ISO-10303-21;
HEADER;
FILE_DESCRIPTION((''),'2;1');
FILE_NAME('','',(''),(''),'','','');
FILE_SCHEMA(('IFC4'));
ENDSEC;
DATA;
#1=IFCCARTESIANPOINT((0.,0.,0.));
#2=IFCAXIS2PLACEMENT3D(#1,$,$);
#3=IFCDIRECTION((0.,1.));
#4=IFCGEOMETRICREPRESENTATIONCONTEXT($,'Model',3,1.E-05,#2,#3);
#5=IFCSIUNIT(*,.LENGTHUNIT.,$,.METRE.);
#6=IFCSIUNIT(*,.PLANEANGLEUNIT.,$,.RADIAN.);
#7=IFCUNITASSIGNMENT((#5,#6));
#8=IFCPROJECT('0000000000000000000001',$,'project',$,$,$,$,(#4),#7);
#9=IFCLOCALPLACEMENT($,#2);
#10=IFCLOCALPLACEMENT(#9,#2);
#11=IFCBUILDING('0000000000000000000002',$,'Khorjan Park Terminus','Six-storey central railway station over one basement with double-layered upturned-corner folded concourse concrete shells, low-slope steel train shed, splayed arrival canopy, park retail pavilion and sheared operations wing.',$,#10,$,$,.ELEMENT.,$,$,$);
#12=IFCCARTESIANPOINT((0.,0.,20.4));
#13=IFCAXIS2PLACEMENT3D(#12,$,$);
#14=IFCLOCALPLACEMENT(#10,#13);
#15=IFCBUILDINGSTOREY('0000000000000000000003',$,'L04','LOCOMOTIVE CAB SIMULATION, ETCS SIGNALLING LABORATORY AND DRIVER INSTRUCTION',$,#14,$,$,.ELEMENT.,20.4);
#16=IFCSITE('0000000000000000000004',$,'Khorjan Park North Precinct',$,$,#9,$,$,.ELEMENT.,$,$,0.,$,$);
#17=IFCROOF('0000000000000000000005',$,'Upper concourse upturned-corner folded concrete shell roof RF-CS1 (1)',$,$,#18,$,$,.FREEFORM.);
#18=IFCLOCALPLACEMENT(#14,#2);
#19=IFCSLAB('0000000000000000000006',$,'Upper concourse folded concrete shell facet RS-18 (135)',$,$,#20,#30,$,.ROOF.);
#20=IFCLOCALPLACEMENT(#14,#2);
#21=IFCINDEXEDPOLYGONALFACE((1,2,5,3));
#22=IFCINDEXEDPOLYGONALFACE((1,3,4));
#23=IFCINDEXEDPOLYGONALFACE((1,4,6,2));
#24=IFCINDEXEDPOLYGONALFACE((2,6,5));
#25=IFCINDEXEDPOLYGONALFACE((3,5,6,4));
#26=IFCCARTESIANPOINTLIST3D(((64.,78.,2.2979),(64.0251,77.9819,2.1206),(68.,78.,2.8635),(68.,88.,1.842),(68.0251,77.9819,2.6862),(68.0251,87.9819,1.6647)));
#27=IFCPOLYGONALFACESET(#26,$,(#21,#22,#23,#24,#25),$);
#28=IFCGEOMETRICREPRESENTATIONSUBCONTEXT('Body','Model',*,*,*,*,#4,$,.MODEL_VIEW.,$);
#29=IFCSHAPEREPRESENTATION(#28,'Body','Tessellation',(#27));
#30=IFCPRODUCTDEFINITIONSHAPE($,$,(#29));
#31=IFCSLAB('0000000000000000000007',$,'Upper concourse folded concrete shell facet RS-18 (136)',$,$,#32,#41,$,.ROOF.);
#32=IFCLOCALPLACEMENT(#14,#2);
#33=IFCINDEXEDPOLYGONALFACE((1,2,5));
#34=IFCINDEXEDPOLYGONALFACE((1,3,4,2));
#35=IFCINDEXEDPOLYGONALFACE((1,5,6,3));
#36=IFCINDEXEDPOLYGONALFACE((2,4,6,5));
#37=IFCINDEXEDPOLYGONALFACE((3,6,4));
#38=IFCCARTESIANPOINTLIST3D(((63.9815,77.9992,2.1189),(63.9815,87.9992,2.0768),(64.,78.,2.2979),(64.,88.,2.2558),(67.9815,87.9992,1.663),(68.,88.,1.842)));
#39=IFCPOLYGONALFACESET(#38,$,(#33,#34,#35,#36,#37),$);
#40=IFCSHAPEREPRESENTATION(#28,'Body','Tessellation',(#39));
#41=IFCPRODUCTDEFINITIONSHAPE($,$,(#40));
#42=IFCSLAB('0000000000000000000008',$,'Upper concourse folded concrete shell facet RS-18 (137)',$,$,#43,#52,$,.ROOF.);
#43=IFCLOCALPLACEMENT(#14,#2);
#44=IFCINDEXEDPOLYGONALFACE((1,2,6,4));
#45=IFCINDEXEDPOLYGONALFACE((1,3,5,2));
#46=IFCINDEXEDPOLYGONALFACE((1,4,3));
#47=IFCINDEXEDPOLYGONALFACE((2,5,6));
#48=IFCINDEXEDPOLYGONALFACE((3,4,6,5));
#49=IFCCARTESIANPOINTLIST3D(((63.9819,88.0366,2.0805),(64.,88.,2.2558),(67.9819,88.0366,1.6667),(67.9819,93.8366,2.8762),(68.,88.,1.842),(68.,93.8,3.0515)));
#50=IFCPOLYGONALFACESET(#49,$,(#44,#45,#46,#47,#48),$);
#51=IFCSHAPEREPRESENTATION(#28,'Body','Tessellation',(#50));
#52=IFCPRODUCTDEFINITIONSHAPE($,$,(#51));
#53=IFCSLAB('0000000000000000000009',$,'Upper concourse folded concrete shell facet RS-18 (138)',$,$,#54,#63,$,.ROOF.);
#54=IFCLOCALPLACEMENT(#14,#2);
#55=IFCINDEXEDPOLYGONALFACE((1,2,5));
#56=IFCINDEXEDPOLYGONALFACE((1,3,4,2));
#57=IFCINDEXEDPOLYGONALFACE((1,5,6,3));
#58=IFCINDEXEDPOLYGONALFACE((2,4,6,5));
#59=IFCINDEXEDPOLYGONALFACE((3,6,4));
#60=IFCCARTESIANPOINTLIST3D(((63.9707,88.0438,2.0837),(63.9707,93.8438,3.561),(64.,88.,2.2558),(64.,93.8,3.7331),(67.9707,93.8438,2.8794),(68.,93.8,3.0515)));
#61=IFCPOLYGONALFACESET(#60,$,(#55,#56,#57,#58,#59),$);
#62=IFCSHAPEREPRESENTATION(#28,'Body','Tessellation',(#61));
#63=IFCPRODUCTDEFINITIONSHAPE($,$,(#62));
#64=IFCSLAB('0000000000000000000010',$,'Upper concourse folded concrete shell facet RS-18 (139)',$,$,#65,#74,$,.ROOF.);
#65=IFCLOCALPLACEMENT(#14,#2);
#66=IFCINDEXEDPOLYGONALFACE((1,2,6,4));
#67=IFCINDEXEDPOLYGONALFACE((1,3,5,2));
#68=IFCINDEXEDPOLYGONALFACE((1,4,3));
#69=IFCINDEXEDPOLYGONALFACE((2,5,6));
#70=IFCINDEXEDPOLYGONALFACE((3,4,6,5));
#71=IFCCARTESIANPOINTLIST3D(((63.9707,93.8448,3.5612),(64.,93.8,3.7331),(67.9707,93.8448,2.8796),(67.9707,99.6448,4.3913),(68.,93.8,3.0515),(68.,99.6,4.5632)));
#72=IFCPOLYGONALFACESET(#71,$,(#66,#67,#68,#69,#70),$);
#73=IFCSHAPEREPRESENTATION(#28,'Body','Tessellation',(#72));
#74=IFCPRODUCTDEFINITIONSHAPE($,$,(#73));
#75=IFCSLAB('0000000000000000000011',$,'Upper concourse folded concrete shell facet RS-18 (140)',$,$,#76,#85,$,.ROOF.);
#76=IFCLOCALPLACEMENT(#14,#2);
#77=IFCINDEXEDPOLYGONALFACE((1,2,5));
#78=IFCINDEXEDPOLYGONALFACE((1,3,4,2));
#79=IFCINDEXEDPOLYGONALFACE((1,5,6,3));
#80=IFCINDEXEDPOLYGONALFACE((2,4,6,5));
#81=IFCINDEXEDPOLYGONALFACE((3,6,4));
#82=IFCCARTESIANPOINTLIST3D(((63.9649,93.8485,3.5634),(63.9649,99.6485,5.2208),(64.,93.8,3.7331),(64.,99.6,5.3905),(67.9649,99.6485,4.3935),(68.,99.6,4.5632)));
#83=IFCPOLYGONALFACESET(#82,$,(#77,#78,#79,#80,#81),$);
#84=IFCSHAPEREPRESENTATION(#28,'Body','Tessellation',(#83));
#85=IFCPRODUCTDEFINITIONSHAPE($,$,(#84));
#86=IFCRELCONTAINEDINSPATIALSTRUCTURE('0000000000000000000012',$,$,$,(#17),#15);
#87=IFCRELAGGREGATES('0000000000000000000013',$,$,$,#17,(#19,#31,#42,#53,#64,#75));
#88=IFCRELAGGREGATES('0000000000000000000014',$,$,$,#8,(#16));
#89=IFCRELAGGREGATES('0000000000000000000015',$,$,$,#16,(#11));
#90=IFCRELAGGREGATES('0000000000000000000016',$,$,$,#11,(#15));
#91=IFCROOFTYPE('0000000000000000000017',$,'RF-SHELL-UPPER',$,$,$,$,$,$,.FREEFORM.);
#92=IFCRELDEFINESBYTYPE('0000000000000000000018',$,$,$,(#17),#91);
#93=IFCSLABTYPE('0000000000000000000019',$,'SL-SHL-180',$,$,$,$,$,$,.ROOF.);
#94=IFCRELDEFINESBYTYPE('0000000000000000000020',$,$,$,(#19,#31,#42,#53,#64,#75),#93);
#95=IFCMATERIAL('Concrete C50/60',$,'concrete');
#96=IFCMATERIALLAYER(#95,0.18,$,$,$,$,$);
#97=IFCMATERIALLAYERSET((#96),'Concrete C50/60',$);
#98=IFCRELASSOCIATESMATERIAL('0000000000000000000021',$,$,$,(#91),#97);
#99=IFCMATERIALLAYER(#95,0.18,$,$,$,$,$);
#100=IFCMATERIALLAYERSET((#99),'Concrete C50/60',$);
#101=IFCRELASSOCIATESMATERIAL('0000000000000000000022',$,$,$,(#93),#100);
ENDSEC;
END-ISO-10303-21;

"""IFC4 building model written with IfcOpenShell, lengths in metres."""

from ifc_helpers import new_model, si_unit, direction, frame, origin, place, context, subcontext, project, spatial, polyline, outline, extrude, material, layer, layer_set, type_object, element, aggregate, save


model = new_model("IFC4")

# Units and contexts
model_context = context("Model", 3, precision=1e-05, world=origin(), true_north=direction((0.0, 1.0)))
body_context = subcontext(model_context, "Body", "Model", "MODEL_VIEW")
ifc_project = project(units=[si_unit("LENGTHUNIT", "METRE"), si_unit("PLANEANGLEUNIT", "RADIAN")], contexts=[model_context])

# Site, building, storey
site_placement = place(None, origin())
site = spatial("IfcSite", under=ifc_project, at=site_placement, Name="Khorjan Park North Precinct", CompositionType="ELEMENT", RefElevation=0.0)
building_placement = place(site_placement, origin())
building = spatial("IfcBuilding", under=site, at=building_placement, Name="Khorjan Park Terminus", Description="Six-storey central railway station over one basement with double-layered upturned-corner folded concourse concrete shells, low-slope steel train shed, splayed arrival canopy, park retail pavilion and sheared operations wing.", CompositionType="ELEMENT")
storey_placement = place(building_placement, frame((0.0, 0.0, 20.4)))
storey = spatial("IfcBuildingStorey", under=building, at=storey_placement, Name="L04", Description="LOCOMOTIVE CAB SIMULATION, ETCS SIGNALLING LABORATORY AND DRIVER INSTRUCTION", CompositionType="ELEMENT", Elevation=20.4)

# Roof, slabs
ifc_material = material(Name="Concrete C50/60", Category="concrete")
ifc_layer_1 = layer(ifc_material, 0.18)
ifc_layer_set_1 = layer_set([ifc_layer_1], Name="Concrete C50/60")
roof_type = type_object("IfcRoofType", Name="RF-SHELL-UPPER", PredefinedType="FREEFORM", material=ifc_layer_set_1)
roof_placement = place(storey_placement, origin())
roof = element("IfcRoof", 1, at=roof_placement, inside=storey, type_object=roof_type, Name="Upper concourse upturned-corner folded concrete shell roof RF-CS1 (1)", PredefinedType="FREEFORM")
ifc_layer_2 = layer(ifc_material, 0.18)
ifc_layer_set_2 = layer_set([ifc_layer_2], Name="Concrete C50/60")
slab_type = type_object("IfcSlabType", Name="SL-SHL-180", PredefinedType="ROOF", material=ifc_layer_set_2)
slab_1_placement = place(storey_placement, frame((64.0, 78.0, 2.2979), z_axis=(-0.139297, 0.10063, 0.985124), x_axis=(0.99015, 0.0, 0.140007)))
slab_1 = element("IfcSlab", 2, at=slab_1_placement, type_object=slab_type, Name="Upper concourse folded concrete shell facet RS-18 (135)", PredefinedType="ROOF", context=body_context, shape_type="SweptSolid", body=[
    extrude(outline(polyline([(0.0, 0.0), (4.0398, 0.0), (3.8968, 10.051), (0.0, 0.0)])), origin(), (0.0, 0.0, -1.0), 0.18),
])
slab_2_placement = place(storey_placement, frame((64.0, 78.0, 2.2979), z_axis=(0.1029, 0.004188, 0.994683), x_axis=(0.371058, 0.927646, -0.042291)))
slab_2 = element("IfcSlab", 3, at=slab_2_placement, type_object=slab_type, Name="Upper concourse folded concrete shell facet RS-18 (136)", PredefinedType="ROOF", context=body_context, shape_type="SweptSolid", body=[
    extrude(outline(polyline([(0.0, 0.0), (10.78, 0.0), (9.2782, 3.7304), (0.0, 0.0)])), origin(), (0.0, 0.0, -1.0), 0.18),
])
slab_3_placement = place(storey_placement, frame((64.0, 88.0, 2.2558), z_axis=(0.100756, -0.203104, 0.973959), x_axis=(0.994692, 0.0, -0.102901)))
slab_3 = element("IfcSlab", 4, at=slab_3_placement, type_object=slab_type, Name="Upper concourse folded concrete shell facet RS-18 (137)", PredefinedType="ROOF", context=body_context, shape_type="SweptSolid", body=[
    extrude(outline(polyline([(0.0, 0.0), (4.0213, 0.0), (3.8969, 5.9235), (0.0, 0.0)])), origin(), (0.0, 0.0, -1.0), 0.18),
])
slab_4_placement = place(storey_placement, frame((64.0, 88.0, 2.2558), z_axis=(0.162922, -0.243528, 0.956112), x_axis=(0.564147, 0.818013, 0.112223)))
slab_4 = element("IfcSlab", 5, at=slab_4_placement, type_object=slab_type, Name="Upper concourse folded concrete shell facet RS-18 (138)", PredefinedType="ROOF", context=body_context, shape_type="SweptSolid", body=[
    extrude(outline(polyline([(0.0, 0.0), (7.0904, 0.0), (4.9103, 3.4222), (0.0, 0.0)])), origin(), (0.0, 0.0, -1.0), 0.18),
])
slab_5_placement = place(storey_placement, frame((64.0, 93.8, 3.7331), z_axis=(0.162694, -0.248852, 0.954779), x_axis=(0.985791, 0.0, -0.167979)))
slab_5 = element("IfcSlab", 6, at=slab_5_placement, type_object=slab_type, Name="Upper concourse folded concrete shell facet RS-18 (139)", PredefinedType="ROOF", context=body_context, shape_type="SweptSolid", body=[
    extrude(outline(polyline([(0.0, 0.0), (4.0577, 0.0), (3.8037, 5.9884), (0.0, 0.0)])), origin(), (0.0, 0.0, -1.0), 0.18),
])
slab_6_placement = place(storey_placement, frame((64.0, 93.8, 3.7331), z_axis=(0.195046, -0.269484, 0.943046), x_axis=(0.563833, 0.817558, 0.117009)))
slab_6 = element("IfcSlab", 7, at=slab_6_placement, type_object=slab_type, Name="Upper concourse folded concrete shell facet RS-18 (140)", PredefinedType="ROOF", context=body_context, shape_type="SweptSolid", body=[
    extrude(outline(polyline([(0.0, 0.0), (7.0943, 0.0), (4.9358, 3.4677), (0.0, 0.0)])), origin(), (0.0, 0.0, -1.0), 0.18),
])
aggregate(roof, [slab_1, slab_2, slab_3, slab_4, slab_5, slab_6])

save(model, "model.ifc")
